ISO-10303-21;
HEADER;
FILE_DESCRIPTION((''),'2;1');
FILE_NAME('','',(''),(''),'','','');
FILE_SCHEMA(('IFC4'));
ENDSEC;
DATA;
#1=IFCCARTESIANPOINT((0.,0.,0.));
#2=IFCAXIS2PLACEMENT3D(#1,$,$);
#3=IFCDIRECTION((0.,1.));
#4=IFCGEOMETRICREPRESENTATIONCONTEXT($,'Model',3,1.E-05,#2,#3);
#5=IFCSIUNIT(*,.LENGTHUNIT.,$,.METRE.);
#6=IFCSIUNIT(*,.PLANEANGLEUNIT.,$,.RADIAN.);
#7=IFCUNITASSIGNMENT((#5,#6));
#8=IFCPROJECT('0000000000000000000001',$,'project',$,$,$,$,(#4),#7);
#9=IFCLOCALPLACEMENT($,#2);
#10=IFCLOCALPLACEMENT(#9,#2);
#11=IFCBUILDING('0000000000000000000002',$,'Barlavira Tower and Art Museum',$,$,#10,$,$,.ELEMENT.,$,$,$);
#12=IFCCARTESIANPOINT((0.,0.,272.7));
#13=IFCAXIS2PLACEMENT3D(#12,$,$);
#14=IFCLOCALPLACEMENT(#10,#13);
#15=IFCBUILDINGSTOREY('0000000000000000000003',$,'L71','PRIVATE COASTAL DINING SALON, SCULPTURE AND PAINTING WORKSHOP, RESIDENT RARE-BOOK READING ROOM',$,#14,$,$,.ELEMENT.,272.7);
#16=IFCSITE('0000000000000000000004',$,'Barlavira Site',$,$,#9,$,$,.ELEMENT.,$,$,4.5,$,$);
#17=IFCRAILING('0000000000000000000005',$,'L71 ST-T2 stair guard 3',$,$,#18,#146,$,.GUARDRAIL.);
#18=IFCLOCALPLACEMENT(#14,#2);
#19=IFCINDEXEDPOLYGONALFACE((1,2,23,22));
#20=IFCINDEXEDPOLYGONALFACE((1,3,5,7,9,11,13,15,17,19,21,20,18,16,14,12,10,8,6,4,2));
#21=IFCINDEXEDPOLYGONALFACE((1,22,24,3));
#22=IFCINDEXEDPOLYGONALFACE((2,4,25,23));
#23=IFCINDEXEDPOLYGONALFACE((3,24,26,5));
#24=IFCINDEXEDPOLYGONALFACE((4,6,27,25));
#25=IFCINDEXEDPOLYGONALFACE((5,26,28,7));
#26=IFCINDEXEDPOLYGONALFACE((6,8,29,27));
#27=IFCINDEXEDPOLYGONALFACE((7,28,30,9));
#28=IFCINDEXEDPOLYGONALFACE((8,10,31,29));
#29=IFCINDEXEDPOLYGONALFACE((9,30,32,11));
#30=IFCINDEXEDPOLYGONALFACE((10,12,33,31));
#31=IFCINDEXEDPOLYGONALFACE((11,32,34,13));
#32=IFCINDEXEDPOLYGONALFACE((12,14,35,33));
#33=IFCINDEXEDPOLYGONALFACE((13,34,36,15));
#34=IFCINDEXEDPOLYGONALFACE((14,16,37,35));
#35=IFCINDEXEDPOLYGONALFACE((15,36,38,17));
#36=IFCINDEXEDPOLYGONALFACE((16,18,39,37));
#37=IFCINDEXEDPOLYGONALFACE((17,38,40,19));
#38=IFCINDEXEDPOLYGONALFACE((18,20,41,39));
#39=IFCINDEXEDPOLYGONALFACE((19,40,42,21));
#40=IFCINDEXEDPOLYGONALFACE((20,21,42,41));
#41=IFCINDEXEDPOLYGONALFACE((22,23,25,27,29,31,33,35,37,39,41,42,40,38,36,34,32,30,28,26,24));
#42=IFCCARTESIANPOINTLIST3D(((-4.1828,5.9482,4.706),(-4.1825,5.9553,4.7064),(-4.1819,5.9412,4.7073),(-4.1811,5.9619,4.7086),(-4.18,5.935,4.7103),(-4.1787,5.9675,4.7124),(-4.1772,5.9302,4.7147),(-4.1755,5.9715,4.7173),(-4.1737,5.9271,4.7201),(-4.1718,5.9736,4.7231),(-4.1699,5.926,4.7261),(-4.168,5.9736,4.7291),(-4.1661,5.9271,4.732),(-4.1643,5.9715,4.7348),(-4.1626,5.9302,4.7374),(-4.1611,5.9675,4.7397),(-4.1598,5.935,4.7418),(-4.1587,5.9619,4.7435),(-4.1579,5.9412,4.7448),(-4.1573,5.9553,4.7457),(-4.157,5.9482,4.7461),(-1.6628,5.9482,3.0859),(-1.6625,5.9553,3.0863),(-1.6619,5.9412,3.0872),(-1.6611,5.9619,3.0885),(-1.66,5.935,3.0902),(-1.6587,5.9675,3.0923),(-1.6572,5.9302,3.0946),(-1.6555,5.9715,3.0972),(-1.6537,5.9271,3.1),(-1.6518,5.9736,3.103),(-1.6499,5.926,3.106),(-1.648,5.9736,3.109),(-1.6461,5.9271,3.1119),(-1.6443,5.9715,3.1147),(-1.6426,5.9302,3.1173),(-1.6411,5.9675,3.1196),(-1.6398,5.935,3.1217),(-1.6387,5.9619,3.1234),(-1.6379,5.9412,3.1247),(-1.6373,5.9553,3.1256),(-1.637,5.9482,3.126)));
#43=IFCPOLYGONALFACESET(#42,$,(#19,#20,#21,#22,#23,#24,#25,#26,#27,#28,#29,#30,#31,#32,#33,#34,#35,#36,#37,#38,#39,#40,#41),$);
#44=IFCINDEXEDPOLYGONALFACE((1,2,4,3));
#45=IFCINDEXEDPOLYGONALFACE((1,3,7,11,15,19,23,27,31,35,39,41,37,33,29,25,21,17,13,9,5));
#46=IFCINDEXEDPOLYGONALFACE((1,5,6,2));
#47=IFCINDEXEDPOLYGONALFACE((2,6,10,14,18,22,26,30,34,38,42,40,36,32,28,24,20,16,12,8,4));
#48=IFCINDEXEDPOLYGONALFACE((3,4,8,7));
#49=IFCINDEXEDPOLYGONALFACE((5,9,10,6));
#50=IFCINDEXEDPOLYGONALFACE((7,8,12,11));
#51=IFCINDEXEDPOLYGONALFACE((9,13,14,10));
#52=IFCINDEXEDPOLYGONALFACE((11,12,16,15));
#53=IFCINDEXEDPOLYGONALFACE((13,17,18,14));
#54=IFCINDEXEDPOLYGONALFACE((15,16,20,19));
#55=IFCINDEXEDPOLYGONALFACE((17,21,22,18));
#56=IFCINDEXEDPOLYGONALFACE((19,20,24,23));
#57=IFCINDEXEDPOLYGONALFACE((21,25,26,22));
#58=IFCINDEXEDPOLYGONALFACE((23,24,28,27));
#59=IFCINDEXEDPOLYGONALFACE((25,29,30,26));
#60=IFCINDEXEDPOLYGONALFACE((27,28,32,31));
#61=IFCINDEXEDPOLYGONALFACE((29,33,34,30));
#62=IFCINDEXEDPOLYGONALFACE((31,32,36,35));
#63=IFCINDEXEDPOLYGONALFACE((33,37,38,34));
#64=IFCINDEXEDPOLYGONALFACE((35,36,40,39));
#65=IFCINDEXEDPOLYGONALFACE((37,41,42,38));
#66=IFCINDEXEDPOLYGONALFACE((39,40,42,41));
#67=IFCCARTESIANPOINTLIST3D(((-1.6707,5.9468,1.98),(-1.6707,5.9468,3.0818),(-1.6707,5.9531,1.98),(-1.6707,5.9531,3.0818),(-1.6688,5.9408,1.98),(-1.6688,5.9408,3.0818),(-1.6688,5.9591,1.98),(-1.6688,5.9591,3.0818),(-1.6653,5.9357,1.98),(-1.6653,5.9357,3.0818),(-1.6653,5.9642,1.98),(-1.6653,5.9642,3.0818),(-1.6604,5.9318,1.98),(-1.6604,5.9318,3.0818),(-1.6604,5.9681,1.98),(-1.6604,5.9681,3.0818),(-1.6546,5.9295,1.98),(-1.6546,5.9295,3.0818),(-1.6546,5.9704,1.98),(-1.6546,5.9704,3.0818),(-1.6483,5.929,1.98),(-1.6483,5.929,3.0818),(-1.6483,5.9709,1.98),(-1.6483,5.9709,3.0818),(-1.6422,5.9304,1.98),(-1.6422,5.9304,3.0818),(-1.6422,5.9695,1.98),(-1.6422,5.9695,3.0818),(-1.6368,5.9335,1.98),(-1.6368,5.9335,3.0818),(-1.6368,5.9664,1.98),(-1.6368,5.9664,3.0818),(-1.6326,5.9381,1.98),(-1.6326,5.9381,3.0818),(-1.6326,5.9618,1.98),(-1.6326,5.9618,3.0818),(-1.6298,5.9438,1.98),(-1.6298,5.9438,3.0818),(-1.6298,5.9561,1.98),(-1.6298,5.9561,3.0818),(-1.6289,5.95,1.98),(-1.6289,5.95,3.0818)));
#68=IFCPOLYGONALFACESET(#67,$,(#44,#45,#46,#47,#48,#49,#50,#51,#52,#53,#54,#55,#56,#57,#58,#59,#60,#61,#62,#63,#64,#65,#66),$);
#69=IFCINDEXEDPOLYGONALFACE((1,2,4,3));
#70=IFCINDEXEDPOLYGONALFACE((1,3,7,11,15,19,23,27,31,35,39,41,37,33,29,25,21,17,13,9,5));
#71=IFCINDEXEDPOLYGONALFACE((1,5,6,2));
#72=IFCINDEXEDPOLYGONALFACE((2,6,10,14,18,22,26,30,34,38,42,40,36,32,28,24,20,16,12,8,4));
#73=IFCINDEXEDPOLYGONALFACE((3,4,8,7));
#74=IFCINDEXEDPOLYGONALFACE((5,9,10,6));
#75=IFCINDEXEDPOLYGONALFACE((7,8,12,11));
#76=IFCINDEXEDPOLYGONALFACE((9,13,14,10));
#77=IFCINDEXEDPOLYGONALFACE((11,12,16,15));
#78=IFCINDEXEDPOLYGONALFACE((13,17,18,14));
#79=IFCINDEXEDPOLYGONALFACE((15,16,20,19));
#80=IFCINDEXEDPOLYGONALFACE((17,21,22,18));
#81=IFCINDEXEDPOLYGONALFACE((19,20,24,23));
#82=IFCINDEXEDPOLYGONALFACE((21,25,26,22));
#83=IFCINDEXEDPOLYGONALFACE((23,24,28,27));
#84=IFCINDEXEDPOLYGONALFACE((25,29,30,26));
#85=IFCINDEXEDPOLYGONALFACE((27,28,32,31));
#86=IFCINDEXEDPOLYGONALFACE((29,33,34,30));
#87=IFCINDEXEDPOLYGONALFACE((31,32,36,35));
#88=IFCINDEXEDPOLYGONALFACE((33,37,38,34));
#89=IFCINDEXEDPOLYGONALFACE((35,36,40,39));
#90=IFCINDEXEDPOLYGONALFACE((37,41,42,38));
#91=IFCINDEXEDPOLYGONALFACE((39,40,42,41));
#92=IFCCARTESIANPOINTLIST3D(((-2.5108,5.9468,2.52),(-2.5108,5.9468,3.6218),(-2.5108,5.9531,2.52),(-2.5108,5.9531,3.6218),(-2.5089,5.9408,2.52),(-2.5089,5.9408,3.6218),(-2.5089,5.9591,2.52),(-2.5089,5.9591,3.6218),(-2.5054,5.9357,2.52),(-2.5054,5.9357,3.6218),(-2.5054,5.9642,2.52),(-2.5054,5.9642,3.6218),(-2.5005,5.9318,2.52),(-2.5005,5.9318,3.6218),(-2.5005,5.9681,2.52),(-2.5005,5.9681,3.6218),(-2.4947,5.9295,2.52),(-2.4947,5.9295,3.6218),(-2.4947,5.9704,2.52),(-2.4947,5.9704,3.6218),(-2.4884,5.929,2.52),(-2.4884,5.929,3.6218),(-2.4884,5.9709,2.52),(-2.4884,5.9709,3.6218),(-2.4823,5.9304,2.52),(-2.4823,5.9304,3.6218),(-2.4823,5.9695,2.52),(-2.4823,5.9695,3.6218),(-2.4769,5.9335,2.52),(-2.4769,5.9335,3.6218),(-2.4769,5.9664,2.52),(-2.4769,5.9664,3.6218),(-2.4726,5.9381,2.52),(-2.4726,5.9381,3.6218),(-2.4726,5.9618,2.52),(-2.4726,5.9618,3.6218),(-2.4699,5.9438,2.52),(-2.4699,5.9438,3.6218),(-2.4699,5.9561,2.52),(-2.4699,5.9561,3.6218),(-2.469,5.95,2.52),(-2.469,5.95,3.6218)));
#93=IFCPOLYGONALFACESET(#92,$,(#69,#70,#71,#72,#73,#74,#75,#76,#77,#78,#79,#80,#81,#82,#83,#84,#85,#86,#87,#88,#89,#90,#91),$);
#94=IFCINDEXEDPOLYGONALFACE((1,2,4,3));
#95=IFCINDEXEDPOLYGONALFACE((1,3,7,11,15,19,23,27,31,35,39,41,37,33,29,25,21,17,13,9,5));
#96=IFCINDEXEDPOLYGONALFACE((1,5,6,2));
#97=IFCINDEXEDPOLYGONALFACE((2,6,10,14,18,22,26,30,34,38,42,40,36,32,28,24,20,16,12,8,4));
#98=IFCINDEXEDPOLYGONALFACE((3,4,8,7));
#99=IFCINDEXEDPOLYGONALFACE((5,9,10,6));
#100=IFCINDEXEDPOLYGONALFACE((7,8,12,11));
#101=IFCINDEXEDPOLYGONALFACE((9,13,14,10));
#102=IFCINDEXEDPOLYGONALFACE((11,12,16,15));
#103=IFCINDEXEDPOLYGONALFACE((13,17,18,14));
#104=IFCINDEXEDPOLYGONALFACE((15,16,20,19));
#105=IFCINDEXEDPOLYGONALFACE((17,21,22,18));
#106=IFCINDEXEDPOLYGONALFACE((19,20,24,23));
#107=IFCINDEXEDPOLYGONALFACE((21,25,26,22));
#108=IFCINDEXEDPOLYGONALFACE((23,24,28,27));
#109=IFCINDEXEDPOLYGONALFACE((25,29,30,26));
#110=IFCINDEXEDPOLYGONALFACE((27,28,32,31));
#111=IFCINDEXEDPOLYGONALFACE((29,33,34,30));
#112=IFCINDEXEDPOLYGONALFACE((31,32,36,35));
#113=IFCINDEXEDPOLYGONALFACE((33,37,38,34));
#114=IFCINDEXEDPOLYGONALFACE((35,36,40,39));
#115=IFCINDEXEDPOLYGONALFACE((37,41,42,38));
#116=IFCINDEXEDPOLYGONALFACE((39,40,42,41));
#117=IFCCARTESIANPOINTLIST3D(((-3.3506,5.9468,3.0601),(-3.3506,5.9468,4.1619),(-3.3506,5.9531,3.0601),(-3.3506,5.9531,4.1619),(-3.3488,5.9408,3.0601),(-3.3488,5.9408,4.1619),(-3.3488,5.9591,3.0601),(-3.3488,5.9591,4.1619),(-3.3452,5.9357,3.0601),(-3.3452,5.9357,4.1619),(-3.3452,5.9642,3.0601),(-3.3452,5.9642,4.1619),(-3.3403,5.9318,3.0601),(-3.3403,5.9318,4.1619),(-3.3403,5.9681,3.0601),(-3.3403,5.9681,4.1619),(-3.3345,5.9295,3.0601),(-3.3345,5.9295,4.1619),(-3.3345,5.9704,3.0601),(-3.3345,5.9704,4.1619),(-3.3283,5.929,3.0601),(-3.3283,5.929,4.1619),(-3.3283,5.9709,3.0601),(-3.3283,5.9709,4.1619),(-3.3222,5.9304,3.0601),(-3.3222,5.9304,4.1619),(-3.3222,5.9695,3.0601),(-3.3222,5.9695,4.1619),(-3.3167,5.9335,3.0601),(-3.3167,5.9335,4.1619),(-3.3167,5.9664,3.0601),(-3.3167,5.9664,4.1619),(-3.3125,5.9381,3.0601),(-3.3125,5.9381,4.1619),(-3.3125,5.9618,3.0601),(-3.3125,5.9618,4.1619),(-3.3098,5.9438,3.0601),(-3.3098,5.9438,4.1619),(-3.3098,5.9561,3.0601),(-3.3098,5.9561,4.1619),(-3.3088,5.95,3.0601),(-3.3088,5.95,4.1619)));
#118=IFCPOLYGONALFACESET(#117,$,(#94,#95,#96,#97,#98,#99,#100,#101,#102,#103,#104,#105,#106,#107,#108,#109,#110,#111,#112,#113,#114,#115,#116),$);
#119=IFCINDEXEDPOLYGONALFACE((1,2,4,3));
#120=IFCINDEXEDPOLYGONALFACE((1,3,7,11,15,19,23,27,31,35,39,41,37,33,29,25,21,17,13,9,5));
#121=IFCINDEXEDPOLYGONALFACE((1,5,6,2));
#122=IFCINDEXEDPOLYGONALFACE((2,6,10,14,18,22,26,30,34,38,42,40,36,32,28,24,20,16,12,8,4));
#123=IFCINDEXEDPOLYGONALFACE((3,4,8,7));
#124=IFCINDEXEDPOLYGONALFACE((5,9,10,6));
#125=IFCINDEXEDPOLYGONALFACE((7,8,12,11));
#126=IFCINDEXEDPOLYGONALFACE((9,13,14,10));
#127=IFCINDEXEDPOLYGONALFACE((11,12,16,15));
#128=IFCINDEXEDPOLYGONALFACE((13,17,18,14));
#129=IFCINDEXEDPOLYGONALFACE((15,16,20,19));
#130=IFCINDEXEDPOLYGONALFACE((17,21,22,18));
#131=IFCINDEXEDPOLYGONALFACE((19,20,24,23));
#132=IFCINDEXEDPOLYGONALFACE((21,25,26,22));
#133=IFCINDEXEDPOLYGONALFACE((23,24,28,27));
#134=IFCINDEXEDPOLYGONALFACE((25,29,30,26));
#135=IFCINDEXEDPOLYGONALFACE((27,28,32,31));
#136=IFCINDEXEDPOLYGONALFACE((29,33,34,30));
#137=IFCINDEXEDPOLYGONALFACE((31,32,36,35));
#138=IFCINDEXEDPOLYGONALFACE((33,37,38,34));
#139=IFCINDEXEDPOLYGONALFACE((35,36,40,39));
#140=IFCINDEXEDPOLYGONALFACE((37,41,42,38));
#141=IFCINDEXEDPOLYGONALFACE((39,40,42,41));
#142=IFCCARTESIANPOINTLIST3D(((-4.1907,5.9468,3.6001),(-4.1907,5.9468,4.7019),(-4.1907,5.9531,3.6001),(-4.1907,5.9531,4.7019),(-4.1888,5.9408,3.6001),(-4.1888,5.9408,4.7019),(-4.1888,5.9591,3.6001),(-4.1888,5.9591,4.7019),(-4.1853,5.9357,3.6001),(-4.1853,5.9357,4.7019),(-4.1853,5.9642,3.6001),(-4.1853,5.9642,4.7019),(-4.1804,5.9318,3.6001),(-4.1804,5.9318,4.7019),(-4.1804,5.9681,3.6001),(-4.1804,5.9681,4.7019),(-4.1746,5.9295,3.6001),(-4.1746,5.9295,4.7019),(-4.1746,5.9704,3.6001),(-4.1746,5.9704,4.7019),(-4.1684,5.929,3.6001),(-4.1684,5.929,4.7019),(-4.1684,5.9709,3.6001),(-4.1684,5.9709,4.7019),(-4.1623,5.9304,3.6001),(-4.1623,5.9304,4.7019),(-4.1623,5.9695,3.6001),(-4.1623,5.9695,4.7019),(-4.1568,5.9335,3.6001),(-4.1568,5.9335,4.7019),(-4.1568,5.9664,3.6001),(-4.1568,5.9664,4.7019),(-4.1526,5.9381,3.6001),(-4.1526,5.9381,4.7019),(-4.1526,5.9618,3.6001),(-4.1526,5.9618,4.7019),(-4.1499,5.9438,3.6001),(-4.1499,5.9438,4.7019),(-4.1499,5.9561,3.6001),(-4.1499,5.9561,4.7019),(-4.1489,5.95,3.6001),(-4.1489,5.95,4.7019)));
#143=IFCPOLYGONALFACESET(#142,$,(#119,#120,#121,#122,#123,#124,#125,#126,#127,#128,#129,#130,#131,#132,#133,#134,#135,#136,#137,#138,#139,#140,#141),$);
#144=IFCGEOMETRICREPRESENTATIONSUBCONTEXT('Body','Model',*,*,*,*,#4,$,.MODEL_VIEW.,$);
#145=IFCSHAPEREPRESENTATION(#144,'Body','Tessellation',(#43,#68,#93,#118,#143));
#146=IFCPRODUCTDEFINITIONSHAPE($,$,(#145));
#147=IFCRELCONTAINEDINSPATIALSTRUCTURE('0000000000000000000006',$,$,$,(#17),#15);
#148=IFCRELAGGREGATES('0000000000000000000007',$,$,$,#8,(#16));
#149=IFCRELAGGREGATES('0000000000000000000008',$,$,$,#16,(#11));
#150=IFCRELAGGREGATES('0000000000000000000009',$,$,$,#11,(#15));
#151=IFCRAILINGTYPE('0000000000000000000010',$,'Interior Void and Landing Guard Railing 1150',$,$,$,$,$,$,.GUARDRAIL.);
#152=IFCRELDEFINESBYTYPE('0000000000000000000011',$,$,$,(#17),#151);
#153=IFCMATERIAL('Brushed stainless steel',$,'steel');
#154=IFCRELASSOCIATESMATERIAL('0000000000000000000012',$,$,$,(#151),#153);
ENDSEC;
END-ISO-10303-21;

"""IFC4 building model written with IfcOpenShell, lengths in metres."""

from ifc_helpers import new_model, si_unit, direction, frame, origin, origin_2d, place, context, subcontext, project, spatial, circle, extrude, material, type_object, element, save


model = new_model("IFC4")

# Units and contexts
model_context = context("Model", 3, precision=1e-05, world=origin(), true_north=direction((0.0, 1.0)))
body_context = subcontext(model_context, "Body", "Model", "MODEL_VIEW")
ifc_project = project(units=[si_unit("LENGTHUNIT", "METRE"), si_unit("PLANEANGLEUNIT", "RADIAN")], contexts=[model_context])

# Site, building, storey
site_placement = place(None, origin())
site = spatial("IfcSite", under=ifc_project, at=site_placement, Name="Barlavira Site", CompositionType="ELEMENT", RefElevation=4.5)
building_placement = place(site_placement, origin())
building = spatial("IfcBuilding", under=site, at=building_placement, Name="Barlavira Tower and Art Museum", CompositionType="ELEMENT")
storey_placement = place(building_placement, frame((0.0, 0.0, 272.7)))
storey = spatial("IfcBuildingStorey", under=building, at=storey_placement, Name="L71", Description="PRIVATE COASTAL DINING SALON, SCULPTURE AND PAINTING WORKSHOP, RESIDENT RARE-BOOK READING ROOM", CompositionType="ELEMENT", Elevation=272.7)

# Shared definitions
ifc_material_1 = material(Name="Brushed stainless steel", Category="steel")

# Railing
railing_type_1 = type_object("IfcRailingType", Name="Interior Void and Landing Guard Railing 1150", PredefinedType="GUARDRAIL", material=ifc_material_1)
railing_1_placement = place(storey_placement, frame((-1.6499, 5.95, 1.98)))
element("IfcRailing", 1, at=railing_1_placement, inside=storey, type_object=railing_type_1, Name="L71 ST-T2 stair guard 3", PredefinedType="GUARDRAIL", context=body_context, shape_type="SweptSolid", body=[
    extrude(circle(Radius=0.0239, at=origin_2d()), frame((0.0, 0.0, 1.126), z_axis=(-0.841163, 0.0, 0.540782), x_axis=(0.0, -1.0, 0.0)), (0.0, 0.0, 1.0), 2.9958),
    extrude(circle(Radius=0.021, at=origin_2d()), origin(), (0.0, 0.0, 1.0), 1.1018),
    extrude(circle(Radius=0.021, at=origin_2d()), frame((-0.8401, 0.0, 0.54)), (0.0, 0.0, 1.0), 1.1018),
    extrude(circle(Radius=0.021, at=origin_2d()), frame((-1.6799, 0.0, 1.0801)), (0.0, 0.0, 1.0), 1.1018),
    extrude(circle(Radius=0.021, at=origin_2d()), frame((-2.52, 0.0, 1.6201)), (0.0, 0.0, 1.0), 1.1018),
])

save(model, "model.ifc")
